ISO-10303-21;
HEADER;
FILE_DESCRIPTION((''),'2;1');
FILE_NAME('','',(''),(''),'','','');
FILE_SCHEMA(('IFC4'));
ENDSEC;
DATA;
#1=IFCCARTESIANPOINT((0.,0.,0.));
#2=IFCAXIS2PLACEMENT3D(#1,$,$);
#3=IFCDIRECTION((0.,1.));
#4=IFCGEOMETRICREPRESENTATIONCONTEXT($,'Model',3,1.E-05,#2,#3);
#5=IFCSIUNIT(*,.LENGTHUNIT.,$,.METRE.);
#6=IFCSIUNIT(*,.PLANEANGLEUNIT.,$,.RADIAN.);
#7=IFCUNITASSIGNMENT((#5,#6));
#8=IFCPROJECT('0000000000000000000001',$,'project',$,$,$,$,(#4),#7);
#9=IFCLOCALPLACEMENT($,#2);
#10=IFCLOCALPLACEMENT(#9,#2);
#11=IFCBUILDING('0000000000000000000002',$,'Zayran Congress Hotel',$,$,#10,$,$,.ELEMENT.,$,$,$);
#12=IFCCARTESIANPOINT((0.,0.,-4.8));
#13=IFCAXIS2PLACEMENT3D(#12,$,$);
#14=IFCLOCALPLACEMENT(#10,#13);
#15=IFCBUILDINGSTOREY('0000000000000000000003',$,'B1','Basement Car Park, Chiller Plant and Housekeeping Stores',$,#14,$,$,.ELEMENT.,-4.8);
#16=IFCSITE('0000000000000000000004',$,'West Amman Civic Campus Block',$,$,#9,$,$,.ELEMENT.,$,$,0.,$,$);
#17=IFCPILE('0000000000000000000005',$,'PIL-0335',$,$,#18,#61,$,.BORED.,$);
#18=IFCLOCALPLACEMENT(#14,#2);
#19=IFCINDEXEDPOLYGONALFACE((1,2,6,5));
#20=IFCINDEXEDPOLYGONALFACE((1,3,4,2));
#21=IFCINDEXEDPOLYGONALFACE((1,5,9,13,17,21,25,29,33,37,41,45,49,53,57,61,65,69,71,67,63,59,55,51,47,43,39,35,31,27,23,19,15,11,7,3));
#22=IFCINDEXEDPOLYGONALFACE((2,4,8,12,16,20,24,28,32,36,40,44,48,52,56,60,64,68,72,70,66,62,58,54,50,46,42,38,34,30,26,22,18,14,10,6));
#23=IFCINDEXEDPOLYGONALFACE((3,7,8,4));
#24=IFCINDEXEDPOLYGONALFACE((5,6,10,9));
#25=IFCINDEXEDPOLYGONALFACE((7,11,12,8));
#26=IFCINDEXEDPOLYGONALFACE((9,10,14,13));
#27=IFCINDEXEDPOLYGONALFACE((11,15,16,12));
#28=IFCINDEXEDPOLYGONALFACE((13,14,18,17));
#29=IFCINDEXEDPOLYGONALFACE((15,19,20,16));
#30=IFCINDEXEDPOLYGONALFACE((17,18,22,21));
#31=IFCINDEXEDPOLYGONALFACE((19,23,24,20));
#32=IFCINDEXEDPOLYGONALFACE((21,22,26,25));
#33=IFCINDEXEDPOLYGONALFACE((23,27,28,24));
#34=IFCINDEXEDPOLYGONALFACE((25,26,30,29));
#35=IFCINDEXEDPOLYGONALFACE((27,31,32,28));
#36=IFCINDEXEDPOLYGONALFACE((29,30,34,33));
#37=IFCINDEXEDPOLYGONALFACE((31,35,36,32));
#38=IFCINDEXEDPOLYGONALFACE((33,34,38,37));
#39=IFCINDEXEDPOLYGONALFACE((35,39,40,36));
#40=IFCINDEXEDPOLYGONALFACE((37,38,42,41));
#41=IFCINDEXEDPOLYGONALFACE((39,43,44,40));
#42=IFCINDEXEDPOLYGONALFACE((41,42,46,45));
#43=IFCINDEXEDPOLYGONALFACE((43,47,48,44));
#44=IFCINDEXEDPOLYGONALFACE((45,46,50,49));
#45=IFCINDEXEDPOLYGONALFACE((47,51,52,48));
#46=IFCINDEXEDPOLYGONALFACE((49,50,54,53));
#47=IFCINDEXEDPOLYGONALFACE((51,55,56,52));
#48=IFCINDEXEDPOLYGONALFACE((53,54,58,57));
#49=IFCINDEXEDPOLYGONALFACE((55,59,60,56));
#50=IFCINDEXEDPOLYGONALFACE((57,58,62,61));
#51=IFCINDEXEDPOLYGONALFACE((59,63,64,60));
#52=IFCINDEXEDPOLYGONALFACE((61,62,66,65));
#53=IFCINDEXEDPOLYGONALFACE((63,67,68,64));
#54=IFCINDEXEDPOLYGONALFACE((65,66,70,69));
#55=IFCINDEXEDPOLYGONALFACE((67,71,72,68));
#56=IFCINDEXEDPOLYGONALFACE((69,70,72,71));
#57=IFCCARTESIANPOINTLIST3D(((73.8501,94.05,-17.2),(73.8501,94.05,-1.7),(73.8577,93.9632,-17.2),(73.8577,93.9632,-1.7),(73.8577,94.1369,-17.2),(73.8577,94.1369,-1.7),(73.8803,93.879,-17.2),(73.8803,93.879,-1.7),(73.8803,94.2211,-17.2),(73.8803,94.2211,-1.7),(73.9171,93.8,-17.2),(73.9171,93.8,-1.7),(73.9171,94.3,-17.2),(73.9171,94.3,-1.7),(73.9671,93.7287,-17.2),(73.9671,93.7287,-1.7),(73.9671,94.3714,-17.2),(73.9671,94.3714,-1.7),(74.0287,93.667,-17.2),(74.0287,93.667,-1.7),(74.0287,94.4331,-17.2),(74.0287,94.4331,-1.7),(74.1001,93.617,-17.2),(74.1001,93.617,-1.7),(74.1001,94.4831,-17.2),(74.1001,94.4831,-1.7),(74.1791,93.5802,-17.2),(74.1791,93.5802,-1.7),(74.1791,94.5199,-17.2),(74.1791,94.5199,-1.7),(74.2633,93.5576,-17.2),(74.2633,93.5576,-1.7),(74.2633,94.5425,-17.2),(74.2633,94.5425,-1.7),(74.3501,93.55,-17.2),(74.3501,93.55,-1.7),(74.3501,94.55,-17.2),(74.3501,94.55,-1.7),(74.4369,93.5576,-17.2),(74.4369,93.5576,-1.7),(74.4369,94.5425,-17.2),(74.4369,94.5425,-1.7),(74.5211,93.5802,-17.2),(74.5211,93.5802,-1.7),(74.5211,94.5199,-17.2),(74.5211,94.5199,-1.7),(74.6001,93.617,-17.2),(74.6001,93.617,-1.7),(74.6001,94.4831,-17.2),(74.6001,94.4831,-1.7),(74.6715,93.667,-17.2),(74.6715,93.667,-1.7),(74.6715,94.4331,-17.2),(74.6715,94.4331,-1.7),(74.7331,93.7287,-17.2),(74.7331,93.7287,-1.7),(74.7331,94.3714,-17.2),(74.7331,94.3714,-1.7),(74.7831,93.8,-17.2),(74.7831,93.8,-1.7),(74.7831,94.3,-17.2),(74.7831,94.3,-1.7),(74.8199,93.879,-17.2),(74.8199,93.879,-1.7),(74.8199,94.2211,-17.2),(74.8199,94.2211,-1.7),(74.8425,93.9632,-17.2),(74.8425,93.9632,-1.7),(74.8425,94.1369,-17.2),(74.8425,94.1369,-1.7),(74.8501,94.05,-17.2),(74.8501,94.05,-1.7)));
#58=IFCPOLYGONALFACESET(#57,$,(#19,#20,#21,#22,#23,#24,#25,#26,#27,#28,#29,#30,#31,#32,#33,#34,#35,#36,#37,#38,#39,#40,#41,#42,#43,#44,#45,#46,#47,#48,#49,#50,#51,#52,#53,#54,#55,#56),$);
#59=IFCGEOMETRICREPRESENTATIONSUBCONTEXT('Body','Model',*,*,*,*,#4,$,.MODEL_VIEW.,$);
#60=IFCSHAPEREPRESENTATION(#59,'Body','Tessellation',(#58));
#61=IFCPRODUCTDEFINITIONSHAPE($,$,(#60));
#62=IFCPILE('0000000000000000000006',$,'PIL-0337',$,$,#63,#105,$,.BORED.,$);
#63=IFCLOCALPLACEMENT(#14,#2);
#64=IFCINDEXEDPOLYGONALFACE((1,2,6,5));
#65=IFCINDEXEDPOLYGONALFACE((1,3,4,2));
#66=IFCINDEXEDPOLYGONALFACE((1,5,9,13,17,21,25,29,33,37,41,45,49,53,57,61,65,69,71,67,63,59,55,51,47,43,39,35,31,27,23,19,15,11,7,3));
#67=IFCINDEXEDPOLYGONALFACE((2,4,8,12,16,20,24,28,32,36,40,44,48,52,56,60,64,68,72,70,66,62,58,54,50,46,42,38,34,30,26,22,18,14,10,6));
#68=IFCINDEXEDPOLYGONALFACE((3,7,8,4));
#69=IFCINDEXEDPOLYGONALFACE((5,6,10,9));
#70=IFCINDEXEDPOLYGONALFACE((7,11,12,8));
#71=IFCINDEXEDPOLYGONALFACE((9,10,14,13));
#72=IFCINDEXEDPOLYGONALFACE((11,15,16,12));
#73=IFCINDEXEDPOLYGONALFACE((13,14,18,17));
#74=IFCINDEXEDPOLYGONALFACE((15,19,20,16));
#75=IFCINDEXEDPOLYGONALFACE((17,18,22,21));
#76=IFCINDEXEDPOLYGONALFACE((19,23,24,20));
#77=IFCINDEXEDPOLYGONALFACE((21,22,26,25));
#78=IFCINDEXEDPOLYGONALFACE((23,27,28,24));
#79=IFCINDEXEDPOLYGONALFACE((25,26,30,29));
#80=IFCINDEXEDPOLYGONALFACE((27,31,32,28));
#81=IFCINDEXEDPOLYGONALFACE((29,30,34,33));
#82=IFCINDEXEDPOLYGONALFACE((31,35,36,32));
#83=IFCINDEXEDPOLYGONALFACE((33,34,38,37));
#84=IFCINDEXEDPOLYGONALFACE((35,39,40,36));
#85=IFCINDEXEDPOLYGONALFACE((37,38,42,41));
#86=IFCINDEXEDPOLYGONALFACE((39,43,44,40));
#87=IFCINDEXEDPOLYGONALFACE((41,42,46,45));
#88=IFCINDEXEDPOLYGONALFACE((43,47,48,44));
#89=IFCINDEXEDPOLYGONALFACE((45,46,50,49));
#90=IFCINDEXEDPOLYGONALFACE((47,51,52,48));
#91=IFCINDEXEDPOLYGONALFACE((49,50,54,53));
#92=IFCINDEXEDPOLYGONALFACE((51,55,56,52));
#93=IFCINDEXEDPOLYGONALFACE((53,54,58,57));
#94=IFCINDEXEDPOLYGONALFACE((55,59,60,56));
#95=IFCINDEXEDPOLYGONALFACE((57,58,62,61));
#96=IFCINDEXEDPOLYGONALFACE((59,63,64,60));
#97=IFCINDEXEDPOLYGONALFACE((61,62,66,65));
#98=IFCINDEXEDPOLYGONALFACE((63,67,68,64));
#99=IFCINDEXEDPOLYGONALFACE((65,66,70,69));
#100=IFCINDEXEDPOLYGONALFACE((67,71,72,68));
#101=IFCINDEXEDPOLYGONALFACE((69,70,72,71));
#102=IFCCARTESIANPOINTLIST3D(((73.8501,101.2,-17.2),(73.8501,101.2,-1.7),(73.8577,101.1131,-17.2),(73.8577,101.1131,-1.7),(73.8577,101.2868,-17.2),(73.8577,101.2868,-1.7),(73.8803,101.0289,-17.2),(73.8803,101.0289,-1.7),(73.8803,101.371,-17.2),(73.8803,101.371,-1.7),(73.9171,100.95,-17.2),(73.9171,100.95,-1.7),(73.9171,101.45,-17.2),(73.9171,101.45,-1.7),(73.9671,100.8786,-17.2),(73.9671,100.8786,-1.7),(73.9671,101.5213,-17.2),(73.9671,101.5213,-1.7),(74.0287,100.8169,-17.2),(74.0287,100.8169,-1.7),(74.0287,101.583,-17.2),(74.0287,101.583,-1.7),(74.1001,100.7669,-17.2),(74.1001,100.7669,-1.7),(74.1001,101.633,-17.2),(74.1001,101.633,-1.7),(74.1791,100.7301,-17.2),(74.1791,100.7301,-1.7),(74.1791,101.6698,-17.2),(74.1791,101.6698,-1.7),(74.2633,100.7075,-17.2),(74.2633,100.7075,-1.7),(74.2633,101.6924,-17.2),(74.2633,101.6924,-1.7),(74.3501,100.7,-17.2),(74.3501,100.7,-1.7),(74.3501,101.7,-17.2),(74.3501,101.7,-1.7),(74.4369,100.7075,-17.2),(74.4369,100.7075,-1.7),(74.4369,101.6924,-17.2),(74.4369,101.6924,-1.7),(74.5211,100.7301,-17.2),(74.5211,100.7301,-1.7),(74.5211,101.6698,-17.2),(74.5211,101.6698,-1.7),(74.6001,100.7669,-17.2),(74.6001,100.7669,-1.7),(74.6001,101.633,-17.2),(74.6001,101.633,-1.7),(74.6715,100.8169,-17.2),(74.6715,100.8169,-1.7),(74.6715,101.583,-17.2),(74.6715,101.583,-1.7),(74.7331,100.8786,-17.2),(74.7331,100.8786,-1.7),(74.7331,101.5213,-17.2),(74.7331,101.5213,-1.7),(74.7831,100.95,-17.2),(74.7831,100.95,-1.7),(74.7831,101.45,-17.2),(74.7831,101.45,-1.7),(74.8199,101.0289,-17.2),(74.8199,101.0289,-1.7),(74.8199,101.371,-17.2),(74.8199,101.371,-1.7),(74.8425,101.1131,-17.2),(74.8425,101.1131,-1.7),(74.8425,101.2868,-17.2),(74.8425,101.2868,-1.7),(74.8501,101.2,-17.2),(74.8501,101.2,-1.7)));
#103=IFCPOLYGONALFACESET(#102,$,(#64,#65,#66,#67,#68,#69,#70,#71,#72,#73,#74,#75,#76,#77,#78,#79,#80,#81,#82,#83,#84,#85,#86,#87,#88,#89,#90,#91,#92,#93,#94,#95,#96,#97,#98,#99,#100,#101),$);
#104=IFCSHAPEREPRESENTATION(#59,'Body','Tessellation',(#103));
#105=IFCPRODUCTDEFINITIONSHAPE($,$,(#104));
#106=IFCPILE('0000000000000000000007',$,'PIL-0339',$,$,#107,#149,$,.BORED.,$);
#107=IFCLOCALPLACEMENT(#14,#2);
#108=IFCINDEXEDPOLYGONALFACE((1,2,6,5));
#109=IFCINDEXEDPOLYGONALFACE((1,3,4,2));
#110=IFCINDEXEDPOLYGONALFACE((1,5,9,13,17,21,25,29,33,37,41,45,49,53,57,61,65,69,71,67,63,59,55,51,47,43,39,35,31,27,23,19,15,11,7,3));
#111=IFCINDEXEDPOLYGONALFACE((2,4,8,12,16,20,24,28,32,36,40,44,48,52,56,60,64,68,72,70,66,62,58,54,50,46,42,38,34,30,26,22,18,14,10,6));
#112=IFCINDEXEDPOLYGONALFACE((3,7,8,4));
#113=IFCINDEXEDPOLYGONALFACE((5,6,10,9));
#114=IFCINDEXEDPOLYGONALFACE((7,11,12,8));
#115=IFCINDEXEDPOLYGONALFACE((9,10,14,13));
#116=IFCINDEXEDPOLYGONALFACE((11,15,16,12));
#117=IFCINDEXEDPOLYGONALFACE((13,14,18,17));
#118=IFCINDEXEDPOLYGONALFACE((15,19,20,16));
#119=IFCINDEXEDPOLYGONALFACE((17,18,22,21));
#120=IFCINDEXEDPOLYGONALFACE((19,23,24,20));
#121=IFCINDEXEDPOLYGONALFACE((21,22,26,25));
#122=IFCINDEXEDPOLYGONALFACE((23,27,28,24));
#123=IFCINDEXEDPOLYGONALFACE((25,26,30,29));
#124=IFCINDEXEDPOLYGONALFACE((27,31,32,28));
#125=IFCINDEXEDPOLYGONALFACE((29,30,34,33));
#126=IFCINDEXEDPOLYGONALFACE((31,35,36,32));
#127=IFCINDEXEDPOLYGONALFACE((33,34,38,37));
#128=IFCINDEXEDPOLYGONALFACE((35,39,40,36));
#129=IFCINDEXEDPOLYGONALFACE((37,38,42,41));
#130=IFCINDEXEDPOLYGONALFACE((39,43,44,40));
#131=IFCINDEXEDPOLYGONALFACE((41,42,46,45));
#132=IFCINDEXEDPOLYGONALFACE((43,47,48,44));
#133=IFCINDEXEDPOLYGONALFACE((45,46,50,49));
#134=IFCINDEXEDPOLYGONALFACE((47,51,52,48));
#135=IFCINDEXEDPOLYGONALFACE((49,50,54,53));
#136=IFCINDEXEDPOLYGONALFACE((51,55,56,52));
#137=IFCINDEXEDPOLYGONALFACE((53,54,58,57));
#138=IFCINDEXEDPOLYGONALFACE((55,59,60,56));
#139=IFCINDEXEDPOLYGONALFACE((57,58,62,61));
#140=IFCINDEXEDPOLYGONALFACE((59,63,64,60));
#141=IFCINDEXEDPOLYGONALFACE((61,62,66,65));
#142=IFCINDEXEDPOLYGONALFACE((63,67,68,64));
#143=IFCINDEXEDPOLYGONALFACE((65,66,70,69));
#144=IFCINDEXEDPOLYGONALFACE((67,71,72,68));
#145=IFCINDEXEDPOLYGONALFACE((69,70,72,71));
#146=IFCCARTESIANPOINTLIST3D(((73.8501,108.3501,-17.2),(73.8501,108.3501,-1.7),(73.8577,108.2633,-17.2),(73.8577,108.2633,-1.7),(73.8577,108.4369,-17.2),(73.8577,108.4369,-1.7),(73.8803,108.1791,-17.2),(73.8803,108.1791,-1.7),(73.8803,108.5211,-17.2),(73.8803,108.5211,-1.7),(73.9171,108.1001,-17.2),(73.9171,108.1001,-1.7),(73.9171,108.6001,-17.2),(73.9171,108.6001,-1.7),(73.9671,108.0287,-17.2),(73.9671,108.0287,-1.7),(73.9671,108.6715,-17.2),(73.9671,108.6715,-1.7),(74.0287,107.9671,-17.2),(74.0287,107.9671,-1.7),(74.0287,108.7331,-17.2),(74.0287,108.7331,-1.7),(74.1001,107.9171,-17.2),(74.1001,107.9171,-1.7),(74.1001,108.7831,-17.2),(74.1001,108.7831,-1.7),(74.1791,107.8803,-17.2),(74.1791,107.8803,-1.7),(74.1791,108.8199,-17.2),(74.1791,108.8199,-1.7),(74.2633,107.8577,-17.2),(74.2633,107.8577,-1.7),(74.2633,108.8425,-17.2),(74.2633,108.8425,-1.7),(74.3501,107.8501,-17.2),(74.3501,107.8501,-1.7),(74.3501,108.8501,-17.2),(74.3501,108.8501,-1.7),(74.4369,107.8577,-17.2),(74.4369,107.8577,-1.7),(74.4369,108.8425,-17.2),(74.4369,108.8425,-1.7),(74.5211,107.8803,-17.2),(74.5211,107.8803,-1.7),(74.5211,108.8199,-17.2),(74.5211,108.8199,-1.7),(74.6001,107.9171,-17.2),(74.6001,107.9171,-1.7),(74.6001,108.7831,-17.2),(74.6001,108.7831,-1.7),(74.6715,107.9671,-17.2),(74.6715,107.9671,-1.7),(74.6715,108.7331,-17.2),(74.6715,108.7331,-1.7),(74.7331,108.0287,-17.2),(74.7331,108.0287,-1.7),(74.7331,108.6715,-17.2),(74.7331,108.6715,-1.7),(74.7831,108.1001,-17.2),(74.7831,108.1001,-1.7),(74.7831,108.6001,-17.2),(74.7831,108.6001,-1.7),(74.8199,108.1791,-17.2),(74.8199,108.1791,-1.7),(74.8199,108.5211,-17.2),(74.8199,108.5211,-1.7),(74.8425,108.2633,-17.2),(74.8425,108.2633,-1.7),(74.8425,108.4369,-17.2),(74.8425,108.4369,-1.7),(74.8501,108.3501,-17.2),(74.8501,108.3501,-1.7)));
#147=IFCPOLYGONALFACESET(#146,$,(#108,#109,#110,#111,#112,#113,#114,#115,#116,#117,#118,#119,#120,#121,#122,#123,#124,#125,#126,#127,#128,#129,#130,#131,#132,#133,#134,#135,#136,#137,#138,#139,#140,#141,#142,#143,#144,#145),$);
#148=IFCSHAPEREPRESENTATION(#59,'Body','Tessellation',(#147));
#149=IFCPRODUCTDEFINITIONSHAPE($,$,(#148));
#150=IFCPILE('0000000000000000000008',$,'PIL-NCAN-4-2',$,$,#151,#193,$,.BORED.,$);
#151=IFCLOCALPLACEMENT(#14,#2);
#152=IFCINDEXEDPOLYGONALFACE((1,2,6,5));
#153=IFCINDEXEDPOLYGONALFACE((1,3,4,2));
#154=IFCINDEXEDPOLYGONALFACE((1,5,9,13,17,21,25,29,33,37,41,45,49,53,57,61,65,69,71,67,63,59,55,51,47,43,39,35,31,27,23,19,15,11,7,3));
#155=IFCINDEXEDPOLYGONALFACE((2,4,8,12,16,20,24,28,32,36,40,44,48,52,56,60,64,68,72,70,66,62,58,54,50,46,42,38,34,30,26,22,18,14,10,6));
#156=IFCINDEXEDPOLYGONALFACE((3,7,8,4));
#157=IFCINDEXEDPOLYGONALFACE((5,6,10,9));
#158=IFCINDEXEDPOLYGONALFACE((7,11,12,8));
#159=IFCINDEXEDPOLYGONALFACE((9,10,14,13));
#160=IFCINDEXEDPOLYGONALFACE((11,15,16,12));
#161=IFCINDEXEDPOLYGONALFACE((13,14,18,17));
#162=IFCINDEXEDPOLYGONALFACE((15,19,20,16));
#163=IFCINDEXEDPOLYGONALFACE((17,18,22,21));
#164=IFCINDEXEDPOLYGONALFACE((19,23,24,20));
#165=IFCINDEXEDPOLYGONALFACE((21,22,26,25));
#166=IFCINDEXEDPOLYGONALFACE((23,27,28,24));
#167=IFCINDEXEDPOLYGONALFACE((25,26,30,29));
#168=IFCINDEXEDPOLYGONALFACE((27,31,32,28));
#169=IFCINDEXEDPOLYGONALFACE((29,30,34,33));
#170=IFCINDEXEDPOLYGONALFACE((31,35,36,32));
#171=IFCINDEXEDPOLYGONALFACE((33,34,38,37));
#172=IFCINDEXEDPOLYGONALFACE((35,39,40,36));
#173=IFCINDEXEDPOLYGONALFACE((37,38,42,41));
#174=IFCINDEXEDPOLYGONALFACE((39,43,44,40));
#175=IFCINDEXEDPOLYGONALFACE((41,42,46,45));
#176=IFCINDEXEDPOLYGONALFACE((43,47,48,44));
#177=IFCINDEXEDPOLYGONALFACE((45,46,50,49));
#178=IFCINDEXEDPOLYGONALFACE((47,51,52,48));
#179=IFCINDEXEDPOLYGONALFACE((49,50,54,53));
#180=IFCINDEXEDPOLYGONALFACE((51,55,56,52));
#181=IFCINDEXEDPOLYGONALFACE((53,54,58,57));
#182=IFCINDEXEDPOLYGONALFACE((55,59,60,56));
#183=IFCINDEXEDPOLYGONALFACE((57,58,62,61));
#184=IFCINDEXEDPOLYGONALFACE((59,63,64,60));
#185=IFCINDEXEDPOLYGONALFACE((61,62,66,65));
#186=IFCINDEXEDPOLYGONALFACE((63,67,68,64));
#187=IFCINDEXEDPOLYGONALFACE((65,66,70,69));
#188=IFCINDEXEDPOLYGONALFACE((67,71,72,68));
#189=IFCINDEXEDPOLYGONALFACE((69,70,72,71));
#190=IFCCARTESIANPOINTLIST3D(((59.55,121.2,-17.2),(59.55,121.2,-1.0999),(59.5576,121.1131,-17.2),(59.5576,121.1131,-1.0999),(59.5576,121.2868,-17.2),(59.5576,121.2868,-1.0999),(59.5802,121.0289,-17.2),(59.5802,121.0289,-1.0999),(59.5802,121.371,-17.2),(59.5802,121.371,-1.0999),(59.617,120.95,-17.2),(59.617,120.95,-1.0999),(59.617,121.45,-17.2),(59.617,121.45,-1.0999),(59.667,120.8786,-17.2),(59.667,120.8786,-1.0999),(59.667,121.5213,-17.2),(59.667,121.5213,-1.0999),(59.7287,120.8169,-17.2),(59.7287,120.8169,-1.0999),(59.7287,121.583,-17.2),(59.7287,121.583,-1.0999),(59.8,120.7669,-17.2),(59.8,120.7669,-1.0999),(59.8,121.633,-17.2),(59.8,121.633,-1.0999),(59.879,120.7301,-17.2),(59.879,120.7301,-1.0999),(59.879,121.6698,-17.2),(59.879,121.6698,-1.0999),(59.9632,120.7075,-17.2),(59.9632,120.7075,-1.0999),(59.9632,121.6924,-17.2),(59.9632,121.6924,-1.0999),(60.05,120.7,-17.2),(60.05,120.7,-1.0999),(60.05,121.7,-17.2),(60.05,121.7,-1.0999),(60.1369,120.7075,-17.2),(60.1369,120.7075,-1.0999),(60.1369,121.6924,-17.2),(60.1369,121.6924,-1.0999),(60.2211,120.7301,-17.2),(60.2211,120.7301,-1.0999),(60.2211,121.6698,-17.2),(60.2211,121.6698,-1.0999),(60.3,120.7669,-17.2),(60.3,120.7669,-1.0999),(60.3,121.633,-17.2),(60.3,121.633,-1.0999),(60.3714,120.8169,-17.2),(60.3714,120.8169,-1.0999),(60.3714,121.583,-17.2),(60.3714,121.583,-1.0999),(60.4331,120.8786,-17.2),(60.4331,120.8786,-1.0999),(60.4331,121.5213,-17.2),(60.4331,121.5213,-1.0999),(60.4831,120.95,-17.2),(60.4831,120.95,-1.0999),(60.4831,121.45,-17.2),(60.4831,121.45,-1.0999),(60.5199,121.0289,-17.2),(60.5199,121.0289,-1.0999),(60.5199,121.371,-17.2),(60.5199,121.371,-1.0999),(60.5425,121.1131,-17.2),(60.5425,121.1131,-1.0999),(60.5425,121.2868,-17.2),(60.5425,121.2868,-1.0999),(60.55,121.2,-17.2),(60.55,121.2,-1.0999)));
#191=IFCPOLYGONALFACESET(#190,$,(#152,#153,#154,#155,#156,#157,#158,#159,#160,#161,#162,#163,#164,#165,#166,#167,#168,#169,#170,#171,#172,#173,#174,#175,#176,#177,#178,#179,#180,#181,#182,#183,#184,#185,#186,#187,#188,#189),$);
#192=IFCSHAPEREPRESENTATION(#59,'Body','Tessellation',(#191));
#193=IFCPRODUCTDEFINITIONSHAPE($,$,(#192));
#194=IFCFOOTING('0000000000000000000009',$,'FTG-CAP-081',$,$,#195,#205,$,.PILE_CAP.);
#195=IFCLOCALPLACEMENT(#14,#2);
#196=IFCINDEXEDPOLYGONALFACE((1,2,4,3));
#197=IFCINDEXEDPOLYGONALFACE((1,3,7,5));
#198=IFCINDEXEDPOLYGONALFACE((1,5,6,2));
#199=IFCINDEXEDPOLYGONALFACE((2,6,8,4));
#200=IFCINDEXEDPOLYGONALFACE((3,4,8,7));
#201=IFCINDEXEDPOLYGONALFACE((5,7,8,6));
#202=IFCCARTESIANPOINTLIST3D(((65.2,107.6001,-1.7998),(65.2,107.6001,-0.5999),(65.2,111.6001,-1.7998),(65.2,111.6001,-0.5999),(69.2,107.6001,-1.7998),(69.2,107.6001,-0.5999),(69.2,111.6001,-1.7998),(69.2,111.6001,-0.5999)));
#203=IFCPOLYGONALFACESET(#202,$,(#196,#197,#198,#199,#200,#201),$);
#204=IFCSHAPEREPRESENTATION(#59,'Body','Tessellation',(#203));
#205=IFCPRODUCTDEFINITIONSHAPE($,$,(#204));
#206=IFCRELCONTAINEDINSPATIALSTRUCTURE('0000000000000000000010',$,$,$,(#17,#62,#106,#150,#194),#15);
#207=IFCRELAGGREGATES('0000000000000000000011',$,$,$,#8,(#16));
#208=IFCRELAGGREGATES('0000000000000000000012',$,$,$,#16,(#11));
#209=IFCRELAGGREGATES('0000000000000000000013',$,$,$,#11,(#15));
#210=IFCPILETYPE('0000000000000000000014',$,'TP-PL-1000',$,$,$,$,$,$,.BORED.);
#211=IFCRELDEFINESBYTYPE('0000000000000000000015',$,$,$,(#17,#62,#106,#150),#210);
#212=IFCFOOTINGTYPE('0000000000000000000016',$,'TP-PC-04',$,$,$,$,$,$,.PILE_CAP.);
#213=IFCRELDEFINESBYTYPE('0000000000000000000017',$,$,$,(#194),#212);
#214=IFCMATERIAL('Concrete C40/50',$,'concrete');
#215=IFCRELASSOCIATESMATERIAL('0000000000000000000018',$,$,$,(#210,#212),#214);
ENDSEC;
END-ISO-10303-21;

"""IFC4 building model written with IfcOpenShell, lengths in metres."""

from ifc_helpers import new_model, si_unit, direction, frame, origin, origin_2d, place, context, subcontext, project, spatial, rectangle, circle, extrude, material, material_profile, profile_set, type_object, element, save


model = new_model("IFC4")

# Units and contexts
model_context = context("Model", 3, precision=1e-05, world=origin(), true_north=direction((0.0, 1.0)))
body_context = subcontext(model_context, "Body", "Model", "MODEL_VIEW")
ifc_project = project(units=[si_unit("LENGTHUNIT", "METRE"), si_unit("PLANEANGLEUNIT", "RADIAN")], contexts=[model_context])

# Site, building, storey
site_placement = place(None, origin())
site = spatial("IfcSite", under=ifc_project, at=site_placement, Name="West Amman Civic Campus Block", CompositionType="ELEMENT", RefElevation=0.0)
building_placement = place(site_placement, origin())
building = spatial("IfcBuilding", under=site, at=building_placement, Name="Zayran Congress Hotel", CompositionType="ELEMENT")
storey_placement = place(building_placement, frame((0.0, 0.0, -4.8)))
storey = spatial("IfcBuildingStorey", under=building, at=storey_placement, Name="B1", Description="Basement Car Park, Chiller Plant and Housekeeping Stores", CompositionType="ELEMENT", Elevation=-4.8)

# Piles
ifc_material = material(Name="Concrete C40/50", Category="concrete")
ifc_material_profile_1 = material_profile(ifc_material, circle(Radius=0.5, at=origin_2d()), Name="PILE D1000")
ifc_profile_set_1 = profile_set([ifc_material_profile_1], Name="Concrete C40/50")
pile_type = type_object("IfcPileType", Name="TP-PL-1000", PredefinedType="BORED", material=ifc_profile_set_1)
for number, where, z_axis, x_axis, name in (
    (1, (74.3501, 94.05, -1.7), (0.0, 0.0, -1.0), (1.0, 0.0, 0.0), "PIL-0335"),
    (2, (74.3501, 101.2, -1.7), (0.0, 0.0, -1.0), (1.0, 0.0, 0.0), "PIL-0337"),
    (3, (74.3501, 108.3501, -1.7), (0.0, 0.0, -1.0), (1.0, 0.0, 0.0), "PIL-0339"),
):
    element("IfcPile", number, at=place(storey_placement, frame(where, z_axis=z_axis, x_axis=x_axis)), inside=storey, type_object=pile_type, Name=name, PredefinedType="BORED", context=body_context, shape_type="SweptSolid", body=[
        extrude(circle(Radius=0.5, at=origin_2d()), origin(), (0.0, 0.0, 1.0), 15.5),
    ])
pile_placement = place(storey_placement, frame((60.05, 121.2, -1.0999), z_axis=(0.0, 0.0, -1.0), x_axis=(1.0, 0.0, 0.0)))
element("IfcPile", 4, at=pile_placement, inside=storey, type_object=pile_type, Name="PIL-NCAN-4-2", PredefinedType="BORED", context=body_context, shape_type="SweptSolid", body=[
    extrude(circle(Radius=0.5, at=origin_2d()), origin(), (0.0, 0.0, 1.0), 16.1001),
])

# Footing
footing_type_1 = type_object("IfcFootingType", Name="TP-PC-04", PredefinedType="PILE_CAP", material=ifc_material)
footing_1_placement = place(storey_placement, frame((67.2, 109.6001, -1.7998), z_axis=(0.0, 0.0, 1.0), x_axis=(1.0, 0.0, 0.0)))
element("IfcFooting", 5, at=footing_1_placement, inside=storey, type_object=footing_type_1, Name="FTG-CAP-081", PredefinedType="PILE_CAP", context=body_context, shape_type="SweptSolid", body=[
    extrude(rectangle(XDim=4.0, YDim=4.0, at=origin_2d()), origin(), (0.0, 0.0, 1.0), 1.2),
])

save(model, "model.ifc")
